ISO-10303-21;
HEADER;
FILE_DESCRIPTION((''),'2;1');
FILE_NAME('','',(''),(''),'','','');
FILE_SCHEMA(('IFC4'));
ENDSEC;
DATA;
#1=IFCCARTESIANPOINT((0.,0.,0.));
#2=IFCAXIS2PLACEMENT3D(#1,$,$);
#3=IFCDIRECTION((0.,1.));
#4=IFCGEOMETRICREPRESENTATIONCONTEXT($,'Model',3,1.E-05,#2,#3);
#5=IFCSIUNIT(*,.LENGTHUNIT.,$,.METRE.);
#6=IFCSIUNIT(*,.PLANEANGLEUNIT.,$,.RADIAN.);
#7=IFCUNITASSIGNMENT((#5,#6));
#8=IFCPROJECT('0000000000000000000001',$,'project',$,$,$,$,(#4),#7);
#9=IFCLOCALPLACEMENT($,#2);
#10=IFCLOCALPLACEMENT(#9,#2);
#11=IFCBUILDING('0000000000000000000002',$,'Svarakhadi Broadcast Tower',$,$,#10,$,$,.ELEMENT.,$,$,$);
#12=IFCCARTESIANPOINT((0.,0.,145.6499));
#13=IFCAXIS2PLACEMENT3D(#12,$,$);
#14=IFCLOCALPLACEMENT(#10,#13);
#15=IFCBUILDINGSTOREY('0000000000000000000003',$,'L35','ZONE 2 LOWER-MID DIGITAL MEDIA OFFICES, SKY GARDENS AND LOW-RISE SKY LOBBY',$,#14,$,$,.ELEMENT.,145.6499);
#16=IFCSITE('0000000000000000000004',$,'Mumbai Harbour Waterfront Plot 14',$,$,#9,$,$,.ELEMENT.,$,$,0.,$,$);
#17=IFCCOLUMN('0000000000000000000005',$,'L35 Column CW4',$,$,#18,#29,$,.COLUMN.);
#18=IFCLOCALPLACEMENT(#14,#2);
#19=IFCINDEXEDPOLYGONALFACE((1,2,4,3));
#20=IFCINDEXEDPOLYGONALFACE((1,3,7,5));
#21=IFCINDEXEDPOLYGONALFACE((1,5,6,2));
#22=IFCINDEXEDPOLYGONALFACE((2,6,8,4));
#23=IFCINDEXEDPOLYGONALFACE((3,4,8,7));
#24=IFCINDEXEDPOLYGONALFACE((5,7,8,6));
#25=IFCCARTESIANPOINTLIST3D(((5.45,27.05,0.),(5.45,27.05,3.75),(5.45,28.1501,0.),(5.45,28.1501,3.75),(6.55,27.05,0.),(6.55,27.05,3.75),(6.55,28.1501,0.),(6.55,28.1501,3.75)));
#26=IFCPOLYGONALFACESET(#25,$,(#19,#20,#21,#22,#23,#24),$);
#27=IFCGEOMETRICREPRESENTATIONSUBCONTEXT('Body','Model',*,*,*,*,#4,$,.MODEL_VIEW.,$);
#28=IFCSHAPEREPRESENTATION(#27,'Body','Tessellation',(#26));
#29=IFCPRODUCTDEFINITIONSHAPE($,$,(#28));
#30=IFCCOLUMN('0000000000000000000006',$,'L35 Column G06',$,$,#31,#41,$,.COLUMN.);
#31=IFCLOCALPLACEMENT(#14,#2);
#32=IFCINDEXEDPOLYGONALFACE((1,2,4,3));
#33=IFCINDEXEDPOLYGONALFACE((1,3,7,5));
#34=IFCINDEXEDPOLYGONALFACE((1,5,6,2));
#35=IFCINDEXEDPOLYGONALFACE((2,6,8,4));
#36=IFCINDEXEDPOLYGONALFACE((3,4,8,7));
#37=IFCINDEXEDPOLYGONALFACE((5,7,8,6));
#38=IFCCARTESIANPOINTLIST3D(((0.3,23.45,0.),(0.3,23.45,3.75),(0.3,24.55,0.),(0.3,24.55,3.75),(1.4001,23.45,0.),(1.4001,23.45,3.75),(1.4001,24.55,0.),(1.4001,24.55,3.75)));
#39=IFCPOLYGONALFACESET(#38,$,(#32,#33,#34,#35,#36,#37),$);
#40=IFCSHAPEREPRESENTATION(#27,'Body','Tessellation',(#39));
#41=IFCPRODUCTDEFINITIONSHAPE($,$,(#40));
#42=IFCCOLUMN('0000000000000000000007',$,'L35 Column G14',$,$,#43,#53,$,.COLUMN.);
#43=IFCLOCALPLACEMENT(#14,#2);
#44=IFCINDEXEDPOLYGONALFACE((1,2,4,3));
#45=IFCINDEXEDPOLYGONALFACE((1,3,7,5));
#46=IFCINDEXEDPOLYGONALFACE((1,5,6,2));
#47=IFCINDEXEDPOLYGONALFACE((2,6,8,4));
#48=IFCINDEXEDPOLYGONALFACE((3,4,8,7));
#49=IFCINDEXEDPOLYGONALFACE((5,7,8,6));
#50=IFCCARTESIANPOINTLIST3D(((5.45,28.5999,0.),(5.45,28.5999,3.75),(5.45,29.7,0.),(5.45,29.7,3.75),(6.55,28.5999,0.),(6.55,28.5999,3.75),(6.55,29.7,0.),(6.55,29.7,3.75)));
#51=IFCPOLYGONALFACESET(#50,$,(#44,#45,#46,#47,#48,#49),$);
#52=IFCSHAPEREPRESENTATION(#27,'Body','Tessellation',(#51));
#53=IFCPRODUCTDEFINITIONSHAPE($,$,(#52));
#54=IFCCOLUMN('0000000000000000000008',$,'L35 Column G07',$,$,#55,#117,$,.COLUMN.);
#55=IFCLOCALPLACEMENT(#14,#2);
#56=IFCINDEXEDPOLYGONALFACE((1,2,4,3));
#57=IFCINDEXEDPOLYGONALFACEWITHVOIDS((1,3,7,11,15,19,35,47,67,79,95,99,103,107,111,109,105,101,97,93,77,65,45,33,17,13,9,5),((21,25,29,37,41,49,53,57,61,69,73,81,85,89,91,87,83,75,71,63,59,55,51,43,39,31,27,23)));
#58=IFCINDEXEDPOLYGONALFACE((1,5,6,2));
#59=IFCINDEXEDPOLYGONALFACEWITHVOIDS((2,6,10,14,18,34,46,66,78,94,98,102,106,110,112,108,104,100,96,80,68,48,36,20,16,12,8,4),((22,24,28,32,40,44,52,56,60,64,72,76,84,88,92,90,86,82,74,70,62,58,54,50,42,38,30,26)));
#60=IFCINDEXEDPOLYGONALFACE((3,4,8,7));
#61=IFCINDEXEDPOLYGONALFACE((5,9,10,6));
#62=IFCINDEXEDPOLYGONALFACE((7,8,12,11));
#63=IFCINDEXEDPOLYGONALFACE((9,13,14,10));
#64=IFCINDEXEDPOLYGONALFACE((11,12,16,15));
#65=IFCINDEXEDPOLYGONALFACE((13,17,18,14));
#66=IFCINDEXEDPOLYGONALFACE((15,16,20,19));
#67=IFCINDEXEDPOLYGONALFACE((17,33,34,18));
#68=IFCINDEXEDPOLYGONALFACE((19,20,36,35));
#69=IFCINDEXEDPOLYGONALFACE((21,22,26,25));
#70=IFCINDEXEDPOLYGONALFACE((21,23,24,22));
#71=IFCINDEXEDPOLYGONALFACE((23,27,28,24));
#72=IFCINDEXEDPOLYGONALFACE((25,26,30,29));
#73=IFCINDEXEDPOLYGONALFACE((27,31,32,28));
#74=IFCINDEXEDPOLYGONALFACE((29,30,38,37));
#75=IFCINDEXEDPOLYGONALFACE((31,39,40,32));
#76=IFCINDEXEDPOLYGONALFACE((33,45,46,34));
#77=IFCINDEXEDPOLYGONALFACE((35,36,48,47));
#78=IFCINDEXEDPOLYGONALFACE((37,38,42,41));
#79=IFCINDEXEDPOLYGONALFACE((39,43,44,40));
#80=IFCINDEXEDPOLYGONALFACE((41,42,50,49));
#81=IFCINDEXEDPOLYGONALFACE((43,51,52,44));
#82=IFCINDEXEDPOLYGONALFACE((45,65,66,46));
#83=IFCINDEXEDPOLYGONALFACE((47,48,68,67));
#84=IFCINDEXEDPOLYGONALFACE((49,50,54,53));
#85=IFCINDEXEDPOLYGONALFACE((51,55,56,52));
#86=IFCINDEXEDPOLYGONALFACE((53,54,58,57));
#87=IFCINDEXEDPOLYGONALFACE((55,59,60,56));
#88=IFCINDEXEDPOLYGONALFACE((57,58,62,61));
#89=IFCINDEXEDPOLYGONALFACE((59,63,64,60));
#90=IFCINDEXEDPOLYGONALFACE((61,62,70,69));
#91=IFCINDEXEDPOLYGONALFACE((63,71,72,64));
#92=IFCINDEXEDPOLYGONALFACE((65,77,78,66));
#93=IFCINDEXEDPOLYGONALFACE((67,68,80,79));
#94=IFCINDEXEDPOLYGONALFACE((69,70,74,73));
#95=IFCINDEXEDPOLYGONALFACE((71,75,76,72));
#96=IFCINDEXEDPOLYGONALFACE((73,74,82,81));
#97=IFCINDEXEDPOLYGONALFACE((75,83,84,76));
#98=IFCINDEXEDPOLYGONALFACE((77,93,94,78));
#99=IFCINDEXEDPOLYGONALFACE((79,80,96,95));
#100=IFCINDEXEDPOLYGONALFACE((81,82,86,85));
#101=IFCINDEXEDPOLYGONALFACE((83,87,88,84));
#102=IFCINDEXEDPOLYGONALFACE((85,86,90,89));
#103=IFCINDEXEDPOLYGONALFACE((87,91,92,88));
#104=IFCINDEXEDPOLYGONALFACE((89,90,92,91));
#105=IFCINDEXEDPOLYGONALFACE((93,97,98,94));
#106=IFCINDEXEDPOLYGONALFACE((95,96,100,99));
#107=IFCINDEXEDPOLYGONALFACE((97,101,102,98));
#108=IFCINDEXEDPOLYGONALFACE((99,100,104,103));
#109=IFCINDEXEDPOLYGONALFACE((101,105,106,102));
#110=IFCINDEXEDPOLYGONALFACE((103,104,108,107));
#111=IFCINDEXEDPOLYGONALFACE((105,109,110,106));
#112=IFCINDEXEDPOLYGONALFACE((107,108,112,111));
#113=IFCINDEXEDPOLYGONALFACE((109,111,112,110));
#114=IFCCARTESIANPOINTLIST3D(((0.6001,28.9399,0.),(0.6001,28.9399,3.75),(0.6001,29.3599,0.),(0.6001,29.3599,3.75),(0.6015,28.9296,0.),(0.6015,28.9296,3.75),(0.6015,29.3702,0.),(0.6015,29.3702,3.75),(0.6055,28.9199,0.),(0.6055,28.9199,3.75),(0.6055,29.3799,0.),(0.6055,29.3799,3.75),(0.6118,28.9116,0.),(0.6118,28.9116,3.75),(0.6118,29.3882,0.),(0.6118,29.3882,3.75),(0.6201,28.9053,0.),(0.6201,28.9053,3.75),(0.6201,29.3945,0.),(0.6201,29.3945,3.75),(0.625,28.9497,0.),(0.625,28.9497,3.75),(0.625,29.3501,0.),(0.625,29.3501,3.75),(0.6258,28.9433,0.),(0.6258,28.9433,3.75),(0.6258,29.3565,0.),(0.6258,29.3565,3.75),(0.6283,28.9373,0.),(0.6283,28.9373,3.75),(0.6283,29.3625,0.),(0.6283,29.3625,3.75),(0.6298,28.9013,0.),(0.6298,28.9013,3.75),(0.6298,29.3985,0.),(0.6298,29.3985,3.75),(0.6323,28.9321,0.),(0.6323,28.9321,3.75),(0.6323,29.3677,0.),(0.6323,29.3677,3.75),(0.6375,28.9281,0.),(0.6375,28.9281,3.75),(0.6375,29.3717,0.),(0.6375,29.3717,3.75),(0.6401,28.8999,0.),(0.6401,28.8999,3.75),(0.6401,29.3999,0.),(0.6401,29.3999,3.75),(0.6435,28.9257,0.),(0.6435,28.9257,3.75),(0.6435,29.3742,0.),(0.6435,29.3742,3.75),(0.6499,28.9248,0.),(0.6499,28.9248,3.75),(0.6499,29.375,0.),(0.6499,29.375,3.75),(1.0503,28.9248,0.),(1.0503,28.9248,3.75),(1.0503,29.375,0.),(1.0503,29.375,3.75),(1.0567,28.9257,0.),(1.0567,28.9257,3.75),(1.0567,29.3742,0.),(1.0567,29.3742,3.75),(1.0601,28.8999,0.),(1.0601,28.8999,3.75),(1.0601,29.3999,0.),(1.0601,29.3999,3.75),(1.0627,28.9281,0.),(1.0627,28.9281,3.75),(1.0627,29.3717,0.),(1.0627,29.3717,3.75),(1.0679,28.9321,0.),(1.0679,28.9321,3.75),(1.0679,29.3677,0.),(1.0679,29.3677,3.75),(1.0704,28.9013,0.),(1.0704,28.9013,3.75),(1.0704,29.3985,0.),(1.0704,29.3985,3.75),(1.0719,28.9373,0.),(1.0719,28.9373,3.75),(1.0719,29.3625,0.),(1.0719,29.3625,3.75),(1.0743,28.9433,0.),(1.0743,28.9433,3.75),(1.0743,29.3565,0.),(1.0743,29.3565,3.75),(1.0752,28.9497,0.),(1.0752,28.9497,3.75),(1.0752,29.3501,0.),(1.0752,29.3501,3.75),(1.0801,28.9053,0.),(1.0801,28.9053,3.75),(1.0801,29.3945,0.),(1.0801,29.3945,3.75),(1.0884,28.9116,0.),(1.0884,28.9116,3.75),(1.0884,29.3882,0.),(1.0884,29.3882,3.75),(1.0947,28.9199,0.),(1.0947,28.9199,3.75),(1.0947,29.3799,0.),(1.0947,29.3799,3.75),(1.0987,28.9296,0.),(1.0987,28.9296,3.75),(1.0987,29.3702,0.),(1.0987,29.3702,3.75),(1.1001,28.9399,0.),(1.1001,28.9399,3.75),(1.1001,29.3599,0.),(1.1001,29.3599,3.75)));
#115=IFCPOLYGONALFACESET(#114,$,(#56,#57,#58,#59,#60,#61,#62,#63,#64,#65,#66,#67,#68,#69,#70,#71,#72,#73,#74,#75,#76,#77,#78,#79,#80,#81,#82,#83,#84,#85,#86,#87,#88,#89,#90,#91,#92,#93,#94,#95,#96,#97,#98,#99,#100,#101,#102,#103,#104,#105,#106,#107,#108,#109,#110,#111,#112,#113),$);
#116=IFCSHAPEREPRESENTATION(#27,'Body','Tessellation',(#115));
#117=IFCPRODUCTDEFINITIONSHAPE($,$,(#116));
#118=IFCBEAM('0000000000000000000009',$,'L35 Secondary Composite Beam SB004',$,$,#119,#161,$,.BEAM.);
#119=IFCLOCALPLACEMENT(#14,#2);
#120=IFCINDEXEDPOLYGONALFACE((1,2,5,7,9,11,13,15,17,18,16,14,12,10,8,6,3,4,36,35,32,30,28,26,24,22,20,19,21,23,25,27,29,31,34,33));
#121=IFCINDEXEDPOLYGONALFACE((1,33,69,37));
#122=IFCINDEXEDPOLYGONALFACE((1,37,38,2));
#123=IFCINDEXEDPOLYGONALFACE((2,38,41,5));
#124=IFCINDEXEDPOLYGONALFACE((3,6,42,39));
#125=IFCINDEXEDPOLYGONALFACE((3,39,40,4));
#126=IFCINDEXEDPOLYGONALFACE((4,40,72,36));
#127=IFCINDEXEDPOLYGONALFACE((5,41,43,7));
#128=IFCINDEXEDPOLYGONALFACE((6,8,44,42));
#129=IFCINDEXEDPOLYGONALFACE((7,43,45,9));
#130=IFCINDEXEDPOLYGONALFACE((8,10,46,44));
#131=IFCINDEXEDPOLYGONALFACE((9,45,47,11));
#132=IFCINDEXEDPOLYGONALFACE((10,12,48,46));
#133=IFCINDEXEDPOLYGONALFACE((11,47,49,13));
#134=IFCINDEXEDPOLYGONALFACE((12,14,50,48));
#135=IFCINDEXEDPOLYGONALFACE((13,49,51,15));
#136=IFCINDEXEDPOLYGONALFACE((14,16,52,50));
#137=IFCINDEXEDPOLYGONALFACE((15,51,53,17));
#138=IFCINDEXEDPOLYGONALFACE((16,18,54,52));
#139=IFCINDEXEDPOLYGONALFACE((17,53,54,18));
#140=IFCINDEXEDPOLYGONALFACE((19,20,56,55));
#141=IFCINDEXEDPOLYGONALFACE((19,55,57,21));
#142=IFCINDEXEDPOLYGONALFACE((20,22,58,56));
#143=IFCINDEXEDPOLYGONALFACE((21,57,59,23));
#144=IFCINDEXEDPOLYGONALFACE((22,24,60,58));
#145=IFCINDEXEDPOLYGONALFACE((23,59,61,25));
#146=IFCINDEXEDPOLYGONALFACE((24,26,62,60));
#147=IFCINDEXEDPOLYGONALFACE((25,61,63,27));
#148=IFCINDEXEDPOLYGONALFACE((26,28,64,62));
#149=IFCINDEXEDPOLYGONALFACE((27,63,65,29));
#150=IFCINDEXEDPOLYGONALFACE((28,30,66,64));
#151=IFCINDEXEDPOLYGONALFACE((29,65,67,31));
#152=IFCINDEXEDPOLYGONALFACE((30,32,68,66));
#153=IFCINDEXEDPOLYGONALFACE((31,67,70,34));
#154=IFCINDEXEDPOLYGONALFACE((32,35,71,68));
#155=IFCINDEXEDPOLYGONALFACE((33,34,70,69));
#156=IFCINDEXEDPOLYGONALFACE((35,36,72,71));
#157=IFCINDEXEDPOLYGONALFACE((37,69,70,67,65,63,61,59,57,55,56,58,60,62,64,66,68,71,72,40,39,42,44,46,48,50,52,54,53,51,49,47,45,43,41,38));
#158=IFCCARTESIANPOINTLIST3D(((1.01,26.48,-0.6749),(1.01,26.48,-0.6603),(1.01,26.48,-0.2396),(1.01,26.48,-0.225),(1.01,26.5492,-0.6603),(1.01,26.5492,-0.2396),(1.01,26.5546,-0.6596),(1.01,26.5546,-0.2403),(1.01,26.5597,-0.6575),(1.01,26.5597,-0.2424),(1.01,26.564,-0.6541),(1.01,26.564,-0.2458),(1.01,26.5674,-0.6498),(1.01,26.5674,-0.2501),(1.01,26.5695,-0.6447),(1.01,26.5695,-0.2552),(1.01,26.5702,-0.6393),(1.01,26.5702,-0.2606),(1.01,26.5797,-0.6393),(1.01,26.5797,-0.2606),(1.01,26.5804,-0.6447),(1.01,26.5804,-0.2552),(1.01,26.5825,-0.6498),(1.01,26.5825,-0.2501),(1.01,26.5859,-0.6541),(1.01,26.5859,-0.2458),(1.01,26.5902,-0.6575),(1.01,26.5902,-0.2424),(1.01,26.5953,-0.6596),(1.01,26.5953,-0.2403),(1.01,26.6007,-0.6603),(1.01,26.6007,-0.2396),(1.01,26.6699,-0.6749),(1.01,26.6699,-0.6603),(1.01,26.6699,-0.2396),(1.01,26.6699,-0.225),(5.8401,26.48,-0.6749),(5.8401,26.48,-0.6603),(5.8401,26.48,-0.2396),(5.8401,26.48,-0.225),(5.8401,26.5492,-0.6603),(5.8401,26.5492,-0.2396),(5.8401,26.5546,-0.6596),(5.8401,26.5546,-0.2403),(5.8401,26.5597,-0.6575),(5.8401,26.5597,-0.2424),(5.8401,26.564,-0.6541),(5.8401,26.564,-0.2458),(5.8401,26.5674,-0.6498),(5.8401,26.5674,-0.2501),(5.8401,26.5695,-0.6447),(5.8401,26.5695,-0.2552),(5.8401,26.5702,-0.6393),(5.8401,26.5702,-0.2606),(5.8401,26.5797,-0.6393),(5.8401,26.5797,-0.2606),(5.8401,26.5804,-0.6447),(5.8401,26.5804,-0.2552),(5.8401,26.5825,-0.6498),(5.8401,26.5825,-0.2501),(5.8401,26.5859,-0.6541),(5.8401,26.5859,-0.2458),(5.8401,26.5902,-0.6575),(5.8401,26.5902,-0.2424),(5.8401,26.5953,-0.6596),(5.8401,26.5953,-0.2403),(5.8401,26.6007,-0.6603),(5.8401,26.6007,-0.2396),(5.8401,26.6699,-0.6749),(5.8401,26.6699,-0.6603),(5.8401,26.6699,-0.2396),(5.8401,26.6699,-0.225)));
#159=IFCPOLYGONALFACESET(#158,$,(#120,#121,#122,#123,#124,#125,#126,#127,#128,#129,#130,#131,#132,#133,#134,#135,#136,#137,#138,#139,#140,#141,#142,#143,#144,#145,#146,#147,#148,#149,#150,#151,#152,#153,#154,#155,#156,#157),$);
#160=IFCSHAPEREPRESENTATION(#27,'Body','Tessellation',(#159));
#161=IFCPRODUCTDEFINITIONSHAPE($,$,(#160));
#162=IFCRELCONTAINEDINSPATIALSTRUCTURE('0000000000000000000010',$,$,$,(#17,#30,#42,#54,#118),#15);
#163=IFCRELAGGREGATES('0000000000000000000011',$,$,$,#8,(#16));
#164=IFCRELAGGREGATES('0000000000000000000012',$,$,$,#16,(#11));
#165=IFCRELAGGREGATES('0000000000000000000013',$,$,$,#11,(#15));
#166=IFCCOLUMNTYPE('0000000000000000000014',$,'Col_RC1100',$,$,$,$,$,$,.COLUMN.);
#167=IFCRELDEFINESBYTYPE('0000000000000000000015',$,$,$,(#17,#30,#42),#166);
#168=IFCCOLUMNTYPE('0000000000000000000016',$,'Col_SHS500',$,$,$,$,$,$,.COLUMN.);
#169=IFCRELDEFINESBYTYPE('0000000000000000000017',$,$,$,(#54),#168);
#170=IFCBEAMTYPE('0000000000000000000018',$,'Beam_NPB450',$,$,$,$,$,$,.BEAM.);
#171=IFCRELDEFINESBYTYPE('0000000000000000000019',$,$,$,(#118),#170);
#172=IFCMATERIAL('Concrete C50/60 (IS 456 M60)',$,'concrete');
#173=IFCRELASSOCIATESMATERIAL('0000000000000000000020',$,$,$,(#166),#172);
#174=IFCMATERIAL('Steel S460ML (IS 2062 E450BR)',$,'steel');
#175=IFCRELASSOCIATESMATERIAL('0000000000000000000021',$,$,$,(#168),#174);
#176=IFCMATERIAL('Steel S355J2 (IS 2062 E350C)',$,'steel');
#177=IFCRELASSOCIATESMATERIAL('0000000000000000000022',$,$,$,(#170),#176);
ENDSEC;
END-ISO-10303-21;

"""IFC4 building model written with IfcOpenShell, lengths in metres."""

from ifc_helpers import new_model, si_unit, direction, frame, origin, origin_2d, place, context, subcontext, project, spatial, rectangle, hollow_rectangle, i_section, extrude, material, material_profile, profile_set, type_object, element, save


model = new_model("IFC4")

# Units and contexts
model_context = context("Model", 3, precision=1e-05, world=origin(), true_north=direction((0.0, 1.0)))
body_context = subcontext(model_context, "Body", "Model", "MODEL_VIEW")
ifc_project = project(units=[si_unit("LENGTHUNIT", "METRE"), si_unit("PLANEANGLEUNIT", "RADIAN")], contexts=[model_context])

# Site, building, storey
site_placement = place(None, origin())
site = spatial("IfcSite", under=ifc_project, at=site_placement, Name="Mumbai Harbour Waterfront Plot 14", CompositionType="ELEMENT", RefElevation=0.0)
building_placement = place(site_placement, origin())
building = spatial("IfcBuilding", under=site, at=building_placement, Name="Svarakhadi Broadcast Tower", CompositionType="ELEMENT")
storey_placement = place(building_placement, frame((0.0, 0.0, 145.6499)))
storey = spatial("IfcBuildingStorey", under=building, at=storey_placement, Name="L35", Description="ZONE 2 LOWER-MID DIGITAL MEDIA OFFICES, SKY GARDENS AND LOW-RISE SKY LOBBY", CompositionType="ELEMENT", Elevation=145.6499)

# Columns
ifc_material_1 = material(Name="Concrete C50/60 (IS 456 M60)", Category="concrete")
ifc_material_profile_1 = material_profile(ifc_material_1, rectangle(XDim=1.1001, YDim=1.1001, at=origin_2d()), Name="RC 1100x1100")
ifc_profile_set_1 = profile_set([ifc_material_profile_1], Name="Concrete C50/60 (IS 456 M60)")
column_type_1 = type_object("IfcColumnType", Name="Col_RC1100", PredefinedType="COLUMN", material=ifc_profile_set_1)
for number, where, z_axis, x_axis, name in (
    (1, (6.0, 27.6001, 0.0), (0.0, 0.0, 1.0), (1.0, 0.0, 0.0), "L35 Column CW4"),
    (2, (0.8501, 24.0, 0.0), (0.0, 0.0, 1.0), (1.0, 0.0, 0.0), "L35 Column G06"),
    (3, (6.0, 29.1499, 0.0), (0.0, 0.0, 1.0), (1.0, 0.0, 0.0), "L35 Column G14"),
):
    element("IfcColumn", number, at=place(storey_placement, frame(where, z_axis=z_axis, x_axis=x_axis)), inside=storey, type_object=column_type_1, Name=name, PredefinedType="COLUMN", context=body_context, shape_type="SweptSolid", body=[
        extrude(rectangle(XDim=1.1001, YDim=1.1001, at=origin_2d()), origin(), (0.0, 0.0, 1.0), 3.75),
    ])
ifc_material_2 = material(Name="Steel S460ML (IS 2062 E450BR)", Category="steel")
ifc_material_profile_2 = material_profile(ifc_material_2, hollow_rectangle(XDim=0.5, YDim=0.5, WallThickness=0.0249, InnerFilletRadius=0.0249, OuterFilletRadius=0.04, at=origin_2d()), Name="SHS 500x500x25")
ifc_profile_set_2 = profile_set([ifc_material_profile_2], Name="Steel S460ML (IS 2062 E450BR)")
column_type_2 = type_object("IfcColumnType", Name="Col_SHS500", PredefinedType="COLUMN", material=ifc_profile_set_2)
column_placement = place(storey_placement, frame((0.8501, 29.1499, 0.0), z_axis=(0.0, 0.0, 1.0), x_axis=(1.0, 0.0, 0.0)))
element("IfcColumn", 4, at=column_placement, inside=storey, type_object=column_type_2, Name="L35 Column G07", PredefinedType="COLUMN", context=body_context, shape_type="SweptSolid", body=[
    extrude(hollow_rectangle(XDim=0.5, YDim=0.5, WallThickness=0.0249, InnerFilletRadius=0.0249, OuterFilletRadius=0.04, at=origin_2d()), origin(), (0.0, 0.0, 1.0), 3.75),
])

# Beam
ifc_material_3 = material(Name="Steel S355J2 (IS 2062 E350C)", Category="steel")
ifc_material_profile_3 = material_profile(ifc_material_3, i_section(OverallWidth=0.1899, OverallDepth=0.45, WebThickness=0.0095, FlangeThickness=0.0146, FilletRadius=0.021, at=origin_2d()), Name="NPB 450x190x78")
ifc_profile_set_3 = profile_set([ifc_material_profile_3], Name="Steel S355J2 (IS 2062 E350C)")
beam_type_1 = type_object("IfcBeamType", Name="Beam_NPB450", PredefinedType="BEAM", material=ifc_profile_set_3)
for number, where, z_axis, x_axis, name in (
    (5, (1.01, 26.575, -0.45), (1.0, 0.0, 0.0), (0.0, 1.0, 0.0), "L35 Secondary Composite Beam SB004"),
):
    element("IfcBeam", number, at=place(storey_placement, frame(where, z_axis=z_axis, x_axis=x_axis)), inside=storey, type_object=beam_type_1, Name=name, PredefinedType="BEAM", context=body_context, shape_type="SweptSolid", body=[
        extrude(i_section(OverallWidth=0.1899, OverallDepth=0.45, WebThickness=0.0095, FlangeThickness=0.0146, FilletRadius=0.021, at=origin_2d()), origin(), (0.0, 0.0, 1.0), 4.8301),
    ])

save(model, "model.ifc")
